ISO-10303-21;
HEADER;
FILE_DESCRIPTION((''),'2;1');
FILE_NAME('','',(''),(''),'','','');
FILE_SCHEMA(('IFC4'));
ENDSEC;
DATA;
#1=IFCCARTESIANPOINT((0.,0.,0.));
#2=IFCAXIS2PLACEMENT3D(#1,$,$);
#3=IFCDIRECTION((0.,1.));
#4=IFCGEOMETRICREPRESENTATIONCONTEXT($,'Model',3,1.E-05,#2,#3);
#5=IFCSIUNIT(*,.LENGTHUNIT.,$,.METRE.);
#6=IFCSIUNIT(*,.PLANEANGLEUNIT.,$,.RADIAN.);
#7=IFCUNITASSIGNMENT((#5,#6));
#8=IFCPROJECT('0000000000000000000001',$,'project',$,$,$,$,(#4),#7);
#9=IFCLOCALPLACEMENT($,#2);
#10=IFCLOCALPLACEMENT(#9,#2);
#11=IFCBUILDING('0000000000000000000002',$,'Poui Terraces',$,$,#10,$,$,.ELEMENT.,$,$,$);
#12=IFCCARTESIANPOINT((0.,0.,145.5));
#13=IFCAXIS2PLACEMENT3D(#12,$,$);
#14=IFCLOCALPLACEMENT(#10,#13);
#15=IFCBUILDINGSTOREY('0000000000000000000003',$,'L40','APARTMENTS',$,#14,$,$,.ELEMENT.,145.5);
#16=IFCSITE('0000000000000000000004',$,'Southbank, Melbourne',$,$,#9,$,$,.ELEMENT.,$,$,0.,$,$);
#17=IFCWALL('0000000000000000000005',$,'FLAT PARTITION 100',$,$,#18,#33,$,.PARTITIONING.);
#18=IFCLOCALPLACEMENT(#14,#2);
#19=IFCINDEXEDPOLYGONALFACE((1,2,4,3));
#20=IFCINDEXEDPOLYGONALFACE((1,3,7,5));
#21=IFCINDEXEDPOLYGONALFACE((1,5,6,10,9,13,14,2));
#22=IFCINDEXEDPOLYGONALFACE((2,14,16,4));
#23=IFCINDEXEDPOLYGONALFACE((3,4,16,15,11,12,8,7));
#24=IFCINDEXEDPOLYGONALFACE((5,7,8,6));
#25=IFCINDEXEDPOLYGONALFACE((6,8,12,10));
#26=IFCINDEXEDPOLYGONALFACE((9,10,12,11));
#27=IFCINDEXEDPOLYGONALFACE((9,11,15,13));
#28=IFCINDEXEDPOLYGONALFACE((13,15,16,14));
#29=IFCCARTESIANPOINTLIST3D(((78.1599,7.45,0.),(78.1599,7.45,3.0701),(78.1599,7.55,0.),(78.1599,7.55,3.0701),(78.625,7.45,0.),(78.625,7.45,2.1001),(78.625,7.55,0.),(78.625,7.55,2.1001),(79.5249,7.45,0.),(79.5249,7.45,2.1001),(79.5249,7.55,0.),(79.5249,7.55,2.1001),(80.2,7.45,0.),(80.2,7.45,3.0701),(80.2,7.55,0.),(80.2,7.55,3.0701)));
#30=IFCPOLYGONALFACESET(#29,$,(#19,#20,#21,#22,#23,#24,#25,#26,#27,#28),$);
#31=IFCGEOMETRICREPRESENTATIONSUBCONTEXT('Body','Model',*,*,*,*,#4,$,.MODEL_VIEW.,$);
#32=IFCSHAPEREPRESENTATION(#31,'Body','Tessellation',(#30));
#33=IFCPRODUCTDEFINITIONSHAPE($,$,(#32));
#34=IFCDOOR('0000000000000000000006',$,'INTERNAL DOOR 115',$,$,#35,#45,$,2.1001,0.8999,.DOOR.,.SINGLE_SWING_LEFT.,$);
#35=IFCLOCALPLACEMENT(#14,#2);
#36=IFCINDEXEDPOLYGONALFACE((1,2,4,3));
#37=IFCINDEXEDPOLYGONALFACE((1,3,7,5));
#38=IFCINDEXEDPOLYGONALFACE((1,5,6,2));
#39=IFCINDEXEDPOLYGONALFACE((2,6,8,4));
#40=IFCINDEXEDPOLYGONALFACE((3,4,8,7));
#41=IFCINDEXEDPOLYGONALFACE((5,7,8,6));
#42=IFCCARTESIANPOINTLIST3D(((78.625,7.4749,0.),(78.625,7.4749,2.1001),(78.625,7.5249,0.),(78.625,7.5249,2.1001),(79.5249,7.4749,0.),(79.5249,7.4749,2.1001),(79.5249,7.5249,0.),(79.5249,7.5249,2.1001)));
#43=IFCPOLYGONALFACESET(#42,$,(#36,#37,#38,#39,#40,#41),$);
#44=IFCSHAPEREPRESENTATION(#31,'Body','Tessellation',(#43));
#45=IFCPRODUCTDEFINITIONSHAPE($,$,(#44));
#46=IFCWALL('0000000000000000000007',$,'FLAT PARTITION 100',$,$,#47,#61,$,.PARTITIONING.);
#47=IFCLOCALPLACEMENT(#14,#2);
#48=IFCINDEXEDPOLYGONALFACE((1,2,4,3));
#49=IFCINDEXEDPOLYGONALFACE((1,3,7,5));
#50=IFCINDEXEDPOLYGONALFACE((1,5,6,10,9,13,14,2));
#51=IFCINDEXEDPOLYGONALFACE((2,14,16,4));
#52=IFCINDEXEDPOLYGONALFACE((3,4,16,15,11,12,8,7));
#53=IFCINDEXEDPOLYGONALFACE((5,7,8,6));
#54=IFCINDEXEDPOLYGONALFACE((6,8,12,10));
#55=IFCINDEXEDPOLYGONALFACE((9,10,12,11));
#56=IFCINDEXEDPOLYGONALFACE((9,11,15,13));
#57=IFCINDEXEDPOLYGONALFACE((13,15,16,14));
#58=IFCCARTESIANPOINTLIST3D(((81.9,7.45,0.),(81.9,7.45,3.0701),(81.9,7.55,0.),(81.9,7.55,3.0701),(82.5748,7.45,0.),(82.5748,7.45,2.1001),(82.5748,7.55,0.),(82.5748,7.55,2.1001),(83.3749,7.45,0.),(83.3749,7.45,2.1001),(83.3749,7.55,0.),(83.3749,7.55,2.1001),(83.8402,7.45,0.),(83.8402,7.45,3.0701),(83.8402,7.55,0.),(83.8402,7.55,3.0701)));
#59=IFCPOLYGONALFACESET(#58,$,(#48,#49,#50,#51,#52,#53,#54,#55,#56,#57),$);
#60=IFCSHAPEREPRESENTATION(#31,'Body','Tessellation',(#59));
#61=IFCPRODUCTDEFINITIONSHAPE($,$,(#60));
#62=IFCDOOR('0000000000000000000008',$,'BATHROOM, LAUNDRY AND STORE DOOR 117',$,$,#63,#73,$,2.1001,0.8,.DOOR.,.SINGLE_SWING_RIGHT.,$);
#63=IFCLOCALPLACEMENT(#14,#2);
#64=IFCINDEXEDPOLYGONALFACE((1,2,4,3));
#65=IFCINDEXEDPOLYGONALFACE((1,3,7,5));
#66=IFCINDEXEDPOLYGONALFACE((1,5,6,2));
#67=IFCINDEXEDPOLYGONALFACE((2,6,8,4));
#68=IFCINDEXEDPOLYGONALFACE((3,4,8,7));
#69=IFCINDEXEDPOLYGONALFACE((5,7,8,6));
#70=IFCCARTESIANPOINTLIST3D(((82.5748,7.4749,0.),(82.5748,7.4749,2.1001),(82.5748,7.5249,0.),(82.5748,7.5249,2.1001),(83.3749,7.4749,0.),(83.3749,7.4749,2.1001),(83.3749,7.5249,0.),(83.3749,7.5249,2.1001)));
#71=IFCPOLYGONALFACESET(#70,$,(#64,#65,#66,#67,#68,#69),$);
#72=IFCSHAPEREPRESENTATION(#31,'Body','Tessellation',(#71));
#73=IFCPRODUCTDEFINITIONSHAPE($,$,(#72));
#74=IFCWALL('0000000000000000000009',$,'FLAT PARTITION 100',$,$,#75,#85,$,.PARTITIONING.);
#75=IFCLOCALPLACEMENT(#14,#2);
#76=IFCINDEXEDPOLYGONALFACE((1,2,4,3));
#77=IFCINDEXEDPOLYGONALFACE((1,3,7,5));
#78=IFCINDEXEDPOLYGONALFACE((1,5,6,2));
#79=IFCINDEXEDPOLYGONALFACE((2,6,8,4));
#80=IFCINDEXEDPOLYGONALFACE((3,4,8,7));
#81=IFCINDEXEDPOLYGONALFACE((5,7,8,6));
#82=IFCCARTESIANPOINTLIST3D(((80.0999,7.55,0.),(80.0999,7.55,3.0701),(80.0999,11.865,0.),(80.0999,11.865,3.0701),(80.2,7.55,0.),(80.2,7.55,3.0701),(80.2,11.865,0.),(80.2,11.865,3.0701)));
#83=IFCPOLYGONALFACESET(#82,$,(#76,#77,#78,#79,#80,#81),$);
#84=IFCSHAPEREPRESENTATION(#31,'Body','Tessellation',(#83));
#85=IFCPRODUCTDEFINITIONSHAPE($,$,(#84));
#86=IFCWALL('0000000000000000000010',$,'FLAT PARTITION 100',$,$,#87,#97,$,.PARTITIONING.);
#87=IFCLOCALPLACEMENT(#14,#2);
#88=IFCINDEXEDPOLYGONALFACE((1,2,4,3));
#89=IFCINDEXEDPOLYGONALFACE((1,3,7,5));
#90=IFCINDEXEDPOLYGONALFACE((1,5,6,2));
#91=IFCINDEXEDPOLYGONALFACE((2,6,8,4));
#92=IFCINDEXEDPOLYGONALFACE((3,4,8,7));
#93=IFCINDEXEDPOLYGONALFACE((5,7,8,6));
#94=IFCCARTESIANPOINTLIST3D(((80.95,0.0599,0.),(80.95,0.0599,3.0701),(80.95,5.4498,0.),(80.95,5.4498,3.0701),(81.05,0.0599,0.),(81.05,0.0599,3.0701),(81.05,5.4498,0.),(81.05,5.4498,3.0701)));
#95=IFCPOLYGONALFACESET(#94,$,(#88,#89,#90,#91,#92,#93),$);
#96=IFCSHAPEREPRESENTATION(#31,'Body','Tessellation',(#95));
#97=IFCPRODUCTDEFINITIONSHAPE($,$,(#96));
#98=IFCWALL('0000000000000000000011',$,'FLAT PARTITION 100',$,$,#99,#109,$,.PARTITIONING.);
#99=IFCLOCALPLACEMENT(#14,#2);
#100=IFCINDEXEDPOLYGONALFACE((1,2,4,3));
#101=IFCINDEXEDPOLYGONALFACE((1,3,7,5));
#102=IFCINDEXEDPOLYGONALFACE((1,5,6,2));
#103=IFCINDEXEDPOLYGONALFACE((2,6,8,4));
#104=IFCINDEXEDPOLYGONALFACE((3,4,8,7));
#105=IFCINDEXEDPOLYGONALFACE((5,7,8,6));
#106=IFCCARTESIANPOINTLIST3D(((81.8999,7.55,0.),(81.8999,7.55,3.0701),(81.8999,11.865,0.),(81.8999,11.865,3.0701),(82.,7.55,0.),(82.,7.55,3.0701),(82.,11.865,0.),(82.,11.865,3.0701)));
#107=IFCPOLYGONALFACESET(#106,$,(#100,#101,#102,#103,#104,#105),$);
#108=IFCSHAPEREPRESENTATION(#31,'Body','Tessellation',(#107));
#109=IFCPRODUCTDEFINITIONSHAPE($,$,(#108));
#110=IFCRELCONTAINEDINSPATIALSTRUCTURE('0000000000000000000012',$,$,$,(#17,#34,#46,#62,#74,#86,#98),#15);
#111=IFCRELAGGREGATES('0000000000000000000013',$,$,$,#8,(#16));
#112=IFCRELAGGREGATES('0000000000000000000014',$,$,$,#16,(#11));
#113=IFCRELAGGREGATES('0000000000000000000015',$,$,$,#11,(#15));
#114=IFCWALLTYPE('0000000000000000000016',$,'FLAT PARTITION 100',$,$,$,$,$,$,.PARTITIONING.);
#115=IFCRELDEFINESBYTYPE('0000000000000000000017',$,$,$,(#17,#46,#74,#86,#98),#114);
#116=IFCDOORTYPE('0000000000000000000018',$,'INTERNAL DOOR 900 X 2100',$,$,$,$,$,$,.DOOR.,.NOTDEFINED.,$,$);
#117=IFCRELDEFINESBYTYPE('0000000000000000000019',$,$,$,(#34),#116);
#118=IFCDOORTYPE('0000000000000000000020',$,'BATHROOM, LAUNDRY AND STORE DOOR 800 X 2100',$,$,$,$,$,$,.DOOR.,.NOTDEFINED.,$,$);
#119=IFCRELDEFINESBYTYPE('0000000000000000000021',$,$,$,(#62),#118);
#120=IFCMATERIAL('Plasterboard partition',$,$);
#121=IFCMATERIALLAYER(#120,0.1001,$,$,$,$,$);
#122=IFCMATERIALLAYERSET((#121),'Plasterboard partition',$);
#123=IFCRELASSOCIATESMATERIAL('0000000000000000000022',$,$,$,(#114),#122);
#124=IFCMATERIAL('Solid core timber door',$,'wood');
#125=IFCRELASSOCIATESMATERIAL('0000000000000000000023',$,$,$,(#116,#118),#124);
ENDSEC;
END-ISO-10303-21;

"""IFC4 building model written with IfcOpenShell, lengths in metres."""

from ifc_helpers import new_model, si_unit, direction, frame, frame_2d, origin, place, context, subcontext, project, spatial, rectangle, extrude, material, layer, layer_set, type_object, element, fill, save


model = new_model("IFC4")

# Units and contexts
model_context = context("Model", 3, precision=1e-05, world=origin(), true_north=direction((0.0, 1.0)))
body_context = subcontext(model_context, "Body", "Model", "MODEL_VIEW")
ifc_project = project(units=[si_unit("LENGTHUNIT", "METRE"), si_unit("PLANEANGLEUNIT", "RADIAN")], contexts=[model_context])

# Site, building, storey
site_placement = place(None, origin())
site = spatial("IfcSite", under=ifc_project, at=site_placement, Name="Southbank, Melbourne", CompositionType="ELEMENT", RefElevation=0.0)
building_placement = place(site_placement, origin())
building = spatial("IfcBuilding", under=site, at=building_placement, Name="Poui Terraces", CompositionType="ELEMENT")
storey_placement = place(building_placement, frame((0.0, 0.0, 145.5)))
storey = spatial("IfcBuildingStorey", under=building, at=storey_placement, Name="L40", Description="APARTMENTS", CompositionType="ELEMENT", Elevation=145.5)

# Shared definitions
ifc_material_1 = material(Name="Solid core timber door", Category="wood")

# Walls, openings, doors
ifc_material_2 = material(Name="Plasterboard partition")
ifc_layer_1 = layer(ifc_material_2, 0.1001)
ifc_layer_set_1 = layer_set([ifc_layer_1], Name="Plasterboard partition")
wall_type_1 = type_object("IfcWallType", Name="FLAT PARTITION 100", PredefinedType="PARTITIONING", material=ifc_layer_set_1)
door_type_1 = type_object("IfcDoorType", Name="INTERNAL DOOR 900 X 2100", OperationType="NOTDEFINED", PredefinedType="DOOR", material=ifc_material_1)
wall_1_placement = place(storey_placement, frame((78.1599, 7.5, 0.0), z_axis=(0.0, 0.0, 1.0), x_axis=(1.0, 0.0, 0.0)))
wall_1 = element("IfcWall", 1, at=wall_1_placement, inside=storey, type_object=wall_type_1, Name="FLAT PARTITION 100", PredefinedType="PARTITIONING", context=body_context, shape_type="SweptSolid", body=[
    extrude(rectangle(XDim=2.04, YDim=0.1001, at=frame_2d((1.02, 0.0))), origin(), (0.0, 0.0, 1.0), 3.0701),
])
opening_1_placement = place(wall_1_placement, frame((0.4651, 0.0, 0.0)))
opening_1 = element("IfcOpeningElement", 2, at=opening_1_placement, cuts=wall_1, PredefinedType="OPENING", context=body_context, shape_type="SweptSolid", body=[
    extrude(rectangle(XDim=0.8999, YDim=2.1001, at=frame_2d((0.45, 1.05))), frame((0.0, 0.0601, 0.0), z_axis=(0.0, -1.0, 0.0), x_axis=(1.0, 0.0, 0.0)), (0.0, 0.0, 1.0), 0.1201),
])
door_1_placement = place(opening_1_placement, origin())
door_1 = element("IfcDoor", 3, at=door_1_placement, inside=storey, type_object=door_type_1, Name="INTERNAL DOOR 115", OperationType="SINGLE_SWING_LEFT", OverallHeight=2.1001, OverallWidth=0.8999, PredefinedType="DOOR", context=body_context, shape_type="SweptSolid", body=[
    extrude(rectangle(XDim=0.8999, YDim=2.1001, at=frame_2d((0.45, 1.05))), frame((0.0, 0.0249, 0.0), z_axis=(0.0, -1.0, 0.0), x_axis=(1.0, 0.0, 0.0)), (0.0, 0.0, 1.0), 0.05),
])
fill(opening_1, door_1)
wall_2_placement = place(storey_placement, frame((81.8999, 7.5, 0.0), z_axis=(0.0, 0.0, 1.0), x_axis=(1.0, 0.0, 0.0)))
wall_2 = element("IfcWall", 4, at=wall_2_placement, inside=storey, type_object=wall_type_1, Name="FLAT PARTITION 100", PredefinedType="PARTITIONING", context=body_context, shape_type="SweptSolid", body=[
    extrude(rectangle(XDim=1.9402, YDim=0.1001, at=frame_2d((0.9702, 0.0))), origin(), (0.0, 0.0, 1.0), 3.0701),
])
opening_2_placement = place(wall_2_placement, frame((0.675, 0.0, 0.0)))
opening_2 = element("IfcOpeningElement", 5, at=opening_2_placement, cuts=wall_2, PredefinedType="OPENING", context=body_context, shape_type="SweptSolid", body=[
    extrude(rectangle(XDim=0.8, YDim=2.1001, at=frame_2d((0.3999, 1.05))), frame((0.0, 0.0601, 0.0), z_axis=(0.0, -1.0, 0.0), x_axis=(1.0, 0.0, 0.0)), (0.0, 0.0, 1.0), 0.1201),
])
door_type_2 = type_object("IfcDoorType", Name="BATHROOM, LAUNDRY AND STORE DOOR 800 X 2100", OperationType="NOTDEFINED", PredefinedType="DOOR", material=ifc_material_1)
door_2_placement = place(opening_2_placement, origin())
door_2 = element("IfcDoor", 6, at=door_2_placement, inside=storey, type_object=door_type_2, Name="BATHROOM, LAUNDRY AND STORE DOOR 117", OperationType="SINGLE_SWING_RIGHT", OverallHeight=2.1001, OverallWidth=0.8, PredefinedType="DOOR", context=body_context, shape_type="SweptSolid", body=[
    extrude(rectangle(XDim=0.8, YDim=2.1001, at=frame_2d((0.3999, 1.05))), frame((0.0, 0.0249, 0.0), z_axis=(0.0, -1.0, 0.0), x_axis=(1.0, 0.0, 0.0)), (0.0, 0.0, 1.0), 0.05),
])
fill(opening_2, door_2)

# Walls
wall_3_placement = place(storey_placement, frame((80.1499, 7.55, 0.0), z_axis=(0.0, 0.0, 1.0), x_axis=(0.0, 1.0, 0.0)))
element("IfcWall", 7, at=wall_3_placement, inside=storey, type_object=wall_type_1, Name="FLAT PARTITION 100", PredefinedType="PARTITIONING", context=body_context, shape_type="SweptSolid", body=[
    extrude(rectangle(XDim=4.3149, YDim=0.1001, at=frame_2d((2.1575, 0.0))), origin(), (0.0, 0.0, 1.0), 3.0701),
])
wall_4_placement = place(storey_placement, frame((81.0, 0.0601, 0.0), z_axis=(0.0, 0.0, 1.0), x_axis=(0.0, 1.0, 0.0)))
element("IfcWall", 8, at=wall_4_placement, inside=storey, type_object=wall_type_1, Name="FLAT PARTITION 100", PredefinedType="PARTITIONING", context=body_context, shape_type="SweptSolid", body=[
    extrude(rectangle(XDim=5.3899, YDim=0.1001, at=frame_2d((2.6948, 0.0))), origin(), (0.0, 0.0, 1.0), 3.0701),
])
wall_5_placement = place(storey_placement, frame((81.95, 7.55, 0.0), z_axis=(0.0, 0.0, 1.0), x_axis=(0.0, 1.0, 0.0)))
element("IfcWall", 9, at=wall_5_placement, inside=storey, type_object=wall_type_1, Name="FLAT PARTITION 100", PredefinedType="PARTITIONING", context=body_context, shape_type="SweptSolid", body=[
    extrude(rectangle(XDim=4.3149, YDim=0.1001, at=frame_2d((2.1575, 0.0))), origin(), (0.0, 0.0, 1.0), 3.0701),
])

save(model, "model.ifc")
